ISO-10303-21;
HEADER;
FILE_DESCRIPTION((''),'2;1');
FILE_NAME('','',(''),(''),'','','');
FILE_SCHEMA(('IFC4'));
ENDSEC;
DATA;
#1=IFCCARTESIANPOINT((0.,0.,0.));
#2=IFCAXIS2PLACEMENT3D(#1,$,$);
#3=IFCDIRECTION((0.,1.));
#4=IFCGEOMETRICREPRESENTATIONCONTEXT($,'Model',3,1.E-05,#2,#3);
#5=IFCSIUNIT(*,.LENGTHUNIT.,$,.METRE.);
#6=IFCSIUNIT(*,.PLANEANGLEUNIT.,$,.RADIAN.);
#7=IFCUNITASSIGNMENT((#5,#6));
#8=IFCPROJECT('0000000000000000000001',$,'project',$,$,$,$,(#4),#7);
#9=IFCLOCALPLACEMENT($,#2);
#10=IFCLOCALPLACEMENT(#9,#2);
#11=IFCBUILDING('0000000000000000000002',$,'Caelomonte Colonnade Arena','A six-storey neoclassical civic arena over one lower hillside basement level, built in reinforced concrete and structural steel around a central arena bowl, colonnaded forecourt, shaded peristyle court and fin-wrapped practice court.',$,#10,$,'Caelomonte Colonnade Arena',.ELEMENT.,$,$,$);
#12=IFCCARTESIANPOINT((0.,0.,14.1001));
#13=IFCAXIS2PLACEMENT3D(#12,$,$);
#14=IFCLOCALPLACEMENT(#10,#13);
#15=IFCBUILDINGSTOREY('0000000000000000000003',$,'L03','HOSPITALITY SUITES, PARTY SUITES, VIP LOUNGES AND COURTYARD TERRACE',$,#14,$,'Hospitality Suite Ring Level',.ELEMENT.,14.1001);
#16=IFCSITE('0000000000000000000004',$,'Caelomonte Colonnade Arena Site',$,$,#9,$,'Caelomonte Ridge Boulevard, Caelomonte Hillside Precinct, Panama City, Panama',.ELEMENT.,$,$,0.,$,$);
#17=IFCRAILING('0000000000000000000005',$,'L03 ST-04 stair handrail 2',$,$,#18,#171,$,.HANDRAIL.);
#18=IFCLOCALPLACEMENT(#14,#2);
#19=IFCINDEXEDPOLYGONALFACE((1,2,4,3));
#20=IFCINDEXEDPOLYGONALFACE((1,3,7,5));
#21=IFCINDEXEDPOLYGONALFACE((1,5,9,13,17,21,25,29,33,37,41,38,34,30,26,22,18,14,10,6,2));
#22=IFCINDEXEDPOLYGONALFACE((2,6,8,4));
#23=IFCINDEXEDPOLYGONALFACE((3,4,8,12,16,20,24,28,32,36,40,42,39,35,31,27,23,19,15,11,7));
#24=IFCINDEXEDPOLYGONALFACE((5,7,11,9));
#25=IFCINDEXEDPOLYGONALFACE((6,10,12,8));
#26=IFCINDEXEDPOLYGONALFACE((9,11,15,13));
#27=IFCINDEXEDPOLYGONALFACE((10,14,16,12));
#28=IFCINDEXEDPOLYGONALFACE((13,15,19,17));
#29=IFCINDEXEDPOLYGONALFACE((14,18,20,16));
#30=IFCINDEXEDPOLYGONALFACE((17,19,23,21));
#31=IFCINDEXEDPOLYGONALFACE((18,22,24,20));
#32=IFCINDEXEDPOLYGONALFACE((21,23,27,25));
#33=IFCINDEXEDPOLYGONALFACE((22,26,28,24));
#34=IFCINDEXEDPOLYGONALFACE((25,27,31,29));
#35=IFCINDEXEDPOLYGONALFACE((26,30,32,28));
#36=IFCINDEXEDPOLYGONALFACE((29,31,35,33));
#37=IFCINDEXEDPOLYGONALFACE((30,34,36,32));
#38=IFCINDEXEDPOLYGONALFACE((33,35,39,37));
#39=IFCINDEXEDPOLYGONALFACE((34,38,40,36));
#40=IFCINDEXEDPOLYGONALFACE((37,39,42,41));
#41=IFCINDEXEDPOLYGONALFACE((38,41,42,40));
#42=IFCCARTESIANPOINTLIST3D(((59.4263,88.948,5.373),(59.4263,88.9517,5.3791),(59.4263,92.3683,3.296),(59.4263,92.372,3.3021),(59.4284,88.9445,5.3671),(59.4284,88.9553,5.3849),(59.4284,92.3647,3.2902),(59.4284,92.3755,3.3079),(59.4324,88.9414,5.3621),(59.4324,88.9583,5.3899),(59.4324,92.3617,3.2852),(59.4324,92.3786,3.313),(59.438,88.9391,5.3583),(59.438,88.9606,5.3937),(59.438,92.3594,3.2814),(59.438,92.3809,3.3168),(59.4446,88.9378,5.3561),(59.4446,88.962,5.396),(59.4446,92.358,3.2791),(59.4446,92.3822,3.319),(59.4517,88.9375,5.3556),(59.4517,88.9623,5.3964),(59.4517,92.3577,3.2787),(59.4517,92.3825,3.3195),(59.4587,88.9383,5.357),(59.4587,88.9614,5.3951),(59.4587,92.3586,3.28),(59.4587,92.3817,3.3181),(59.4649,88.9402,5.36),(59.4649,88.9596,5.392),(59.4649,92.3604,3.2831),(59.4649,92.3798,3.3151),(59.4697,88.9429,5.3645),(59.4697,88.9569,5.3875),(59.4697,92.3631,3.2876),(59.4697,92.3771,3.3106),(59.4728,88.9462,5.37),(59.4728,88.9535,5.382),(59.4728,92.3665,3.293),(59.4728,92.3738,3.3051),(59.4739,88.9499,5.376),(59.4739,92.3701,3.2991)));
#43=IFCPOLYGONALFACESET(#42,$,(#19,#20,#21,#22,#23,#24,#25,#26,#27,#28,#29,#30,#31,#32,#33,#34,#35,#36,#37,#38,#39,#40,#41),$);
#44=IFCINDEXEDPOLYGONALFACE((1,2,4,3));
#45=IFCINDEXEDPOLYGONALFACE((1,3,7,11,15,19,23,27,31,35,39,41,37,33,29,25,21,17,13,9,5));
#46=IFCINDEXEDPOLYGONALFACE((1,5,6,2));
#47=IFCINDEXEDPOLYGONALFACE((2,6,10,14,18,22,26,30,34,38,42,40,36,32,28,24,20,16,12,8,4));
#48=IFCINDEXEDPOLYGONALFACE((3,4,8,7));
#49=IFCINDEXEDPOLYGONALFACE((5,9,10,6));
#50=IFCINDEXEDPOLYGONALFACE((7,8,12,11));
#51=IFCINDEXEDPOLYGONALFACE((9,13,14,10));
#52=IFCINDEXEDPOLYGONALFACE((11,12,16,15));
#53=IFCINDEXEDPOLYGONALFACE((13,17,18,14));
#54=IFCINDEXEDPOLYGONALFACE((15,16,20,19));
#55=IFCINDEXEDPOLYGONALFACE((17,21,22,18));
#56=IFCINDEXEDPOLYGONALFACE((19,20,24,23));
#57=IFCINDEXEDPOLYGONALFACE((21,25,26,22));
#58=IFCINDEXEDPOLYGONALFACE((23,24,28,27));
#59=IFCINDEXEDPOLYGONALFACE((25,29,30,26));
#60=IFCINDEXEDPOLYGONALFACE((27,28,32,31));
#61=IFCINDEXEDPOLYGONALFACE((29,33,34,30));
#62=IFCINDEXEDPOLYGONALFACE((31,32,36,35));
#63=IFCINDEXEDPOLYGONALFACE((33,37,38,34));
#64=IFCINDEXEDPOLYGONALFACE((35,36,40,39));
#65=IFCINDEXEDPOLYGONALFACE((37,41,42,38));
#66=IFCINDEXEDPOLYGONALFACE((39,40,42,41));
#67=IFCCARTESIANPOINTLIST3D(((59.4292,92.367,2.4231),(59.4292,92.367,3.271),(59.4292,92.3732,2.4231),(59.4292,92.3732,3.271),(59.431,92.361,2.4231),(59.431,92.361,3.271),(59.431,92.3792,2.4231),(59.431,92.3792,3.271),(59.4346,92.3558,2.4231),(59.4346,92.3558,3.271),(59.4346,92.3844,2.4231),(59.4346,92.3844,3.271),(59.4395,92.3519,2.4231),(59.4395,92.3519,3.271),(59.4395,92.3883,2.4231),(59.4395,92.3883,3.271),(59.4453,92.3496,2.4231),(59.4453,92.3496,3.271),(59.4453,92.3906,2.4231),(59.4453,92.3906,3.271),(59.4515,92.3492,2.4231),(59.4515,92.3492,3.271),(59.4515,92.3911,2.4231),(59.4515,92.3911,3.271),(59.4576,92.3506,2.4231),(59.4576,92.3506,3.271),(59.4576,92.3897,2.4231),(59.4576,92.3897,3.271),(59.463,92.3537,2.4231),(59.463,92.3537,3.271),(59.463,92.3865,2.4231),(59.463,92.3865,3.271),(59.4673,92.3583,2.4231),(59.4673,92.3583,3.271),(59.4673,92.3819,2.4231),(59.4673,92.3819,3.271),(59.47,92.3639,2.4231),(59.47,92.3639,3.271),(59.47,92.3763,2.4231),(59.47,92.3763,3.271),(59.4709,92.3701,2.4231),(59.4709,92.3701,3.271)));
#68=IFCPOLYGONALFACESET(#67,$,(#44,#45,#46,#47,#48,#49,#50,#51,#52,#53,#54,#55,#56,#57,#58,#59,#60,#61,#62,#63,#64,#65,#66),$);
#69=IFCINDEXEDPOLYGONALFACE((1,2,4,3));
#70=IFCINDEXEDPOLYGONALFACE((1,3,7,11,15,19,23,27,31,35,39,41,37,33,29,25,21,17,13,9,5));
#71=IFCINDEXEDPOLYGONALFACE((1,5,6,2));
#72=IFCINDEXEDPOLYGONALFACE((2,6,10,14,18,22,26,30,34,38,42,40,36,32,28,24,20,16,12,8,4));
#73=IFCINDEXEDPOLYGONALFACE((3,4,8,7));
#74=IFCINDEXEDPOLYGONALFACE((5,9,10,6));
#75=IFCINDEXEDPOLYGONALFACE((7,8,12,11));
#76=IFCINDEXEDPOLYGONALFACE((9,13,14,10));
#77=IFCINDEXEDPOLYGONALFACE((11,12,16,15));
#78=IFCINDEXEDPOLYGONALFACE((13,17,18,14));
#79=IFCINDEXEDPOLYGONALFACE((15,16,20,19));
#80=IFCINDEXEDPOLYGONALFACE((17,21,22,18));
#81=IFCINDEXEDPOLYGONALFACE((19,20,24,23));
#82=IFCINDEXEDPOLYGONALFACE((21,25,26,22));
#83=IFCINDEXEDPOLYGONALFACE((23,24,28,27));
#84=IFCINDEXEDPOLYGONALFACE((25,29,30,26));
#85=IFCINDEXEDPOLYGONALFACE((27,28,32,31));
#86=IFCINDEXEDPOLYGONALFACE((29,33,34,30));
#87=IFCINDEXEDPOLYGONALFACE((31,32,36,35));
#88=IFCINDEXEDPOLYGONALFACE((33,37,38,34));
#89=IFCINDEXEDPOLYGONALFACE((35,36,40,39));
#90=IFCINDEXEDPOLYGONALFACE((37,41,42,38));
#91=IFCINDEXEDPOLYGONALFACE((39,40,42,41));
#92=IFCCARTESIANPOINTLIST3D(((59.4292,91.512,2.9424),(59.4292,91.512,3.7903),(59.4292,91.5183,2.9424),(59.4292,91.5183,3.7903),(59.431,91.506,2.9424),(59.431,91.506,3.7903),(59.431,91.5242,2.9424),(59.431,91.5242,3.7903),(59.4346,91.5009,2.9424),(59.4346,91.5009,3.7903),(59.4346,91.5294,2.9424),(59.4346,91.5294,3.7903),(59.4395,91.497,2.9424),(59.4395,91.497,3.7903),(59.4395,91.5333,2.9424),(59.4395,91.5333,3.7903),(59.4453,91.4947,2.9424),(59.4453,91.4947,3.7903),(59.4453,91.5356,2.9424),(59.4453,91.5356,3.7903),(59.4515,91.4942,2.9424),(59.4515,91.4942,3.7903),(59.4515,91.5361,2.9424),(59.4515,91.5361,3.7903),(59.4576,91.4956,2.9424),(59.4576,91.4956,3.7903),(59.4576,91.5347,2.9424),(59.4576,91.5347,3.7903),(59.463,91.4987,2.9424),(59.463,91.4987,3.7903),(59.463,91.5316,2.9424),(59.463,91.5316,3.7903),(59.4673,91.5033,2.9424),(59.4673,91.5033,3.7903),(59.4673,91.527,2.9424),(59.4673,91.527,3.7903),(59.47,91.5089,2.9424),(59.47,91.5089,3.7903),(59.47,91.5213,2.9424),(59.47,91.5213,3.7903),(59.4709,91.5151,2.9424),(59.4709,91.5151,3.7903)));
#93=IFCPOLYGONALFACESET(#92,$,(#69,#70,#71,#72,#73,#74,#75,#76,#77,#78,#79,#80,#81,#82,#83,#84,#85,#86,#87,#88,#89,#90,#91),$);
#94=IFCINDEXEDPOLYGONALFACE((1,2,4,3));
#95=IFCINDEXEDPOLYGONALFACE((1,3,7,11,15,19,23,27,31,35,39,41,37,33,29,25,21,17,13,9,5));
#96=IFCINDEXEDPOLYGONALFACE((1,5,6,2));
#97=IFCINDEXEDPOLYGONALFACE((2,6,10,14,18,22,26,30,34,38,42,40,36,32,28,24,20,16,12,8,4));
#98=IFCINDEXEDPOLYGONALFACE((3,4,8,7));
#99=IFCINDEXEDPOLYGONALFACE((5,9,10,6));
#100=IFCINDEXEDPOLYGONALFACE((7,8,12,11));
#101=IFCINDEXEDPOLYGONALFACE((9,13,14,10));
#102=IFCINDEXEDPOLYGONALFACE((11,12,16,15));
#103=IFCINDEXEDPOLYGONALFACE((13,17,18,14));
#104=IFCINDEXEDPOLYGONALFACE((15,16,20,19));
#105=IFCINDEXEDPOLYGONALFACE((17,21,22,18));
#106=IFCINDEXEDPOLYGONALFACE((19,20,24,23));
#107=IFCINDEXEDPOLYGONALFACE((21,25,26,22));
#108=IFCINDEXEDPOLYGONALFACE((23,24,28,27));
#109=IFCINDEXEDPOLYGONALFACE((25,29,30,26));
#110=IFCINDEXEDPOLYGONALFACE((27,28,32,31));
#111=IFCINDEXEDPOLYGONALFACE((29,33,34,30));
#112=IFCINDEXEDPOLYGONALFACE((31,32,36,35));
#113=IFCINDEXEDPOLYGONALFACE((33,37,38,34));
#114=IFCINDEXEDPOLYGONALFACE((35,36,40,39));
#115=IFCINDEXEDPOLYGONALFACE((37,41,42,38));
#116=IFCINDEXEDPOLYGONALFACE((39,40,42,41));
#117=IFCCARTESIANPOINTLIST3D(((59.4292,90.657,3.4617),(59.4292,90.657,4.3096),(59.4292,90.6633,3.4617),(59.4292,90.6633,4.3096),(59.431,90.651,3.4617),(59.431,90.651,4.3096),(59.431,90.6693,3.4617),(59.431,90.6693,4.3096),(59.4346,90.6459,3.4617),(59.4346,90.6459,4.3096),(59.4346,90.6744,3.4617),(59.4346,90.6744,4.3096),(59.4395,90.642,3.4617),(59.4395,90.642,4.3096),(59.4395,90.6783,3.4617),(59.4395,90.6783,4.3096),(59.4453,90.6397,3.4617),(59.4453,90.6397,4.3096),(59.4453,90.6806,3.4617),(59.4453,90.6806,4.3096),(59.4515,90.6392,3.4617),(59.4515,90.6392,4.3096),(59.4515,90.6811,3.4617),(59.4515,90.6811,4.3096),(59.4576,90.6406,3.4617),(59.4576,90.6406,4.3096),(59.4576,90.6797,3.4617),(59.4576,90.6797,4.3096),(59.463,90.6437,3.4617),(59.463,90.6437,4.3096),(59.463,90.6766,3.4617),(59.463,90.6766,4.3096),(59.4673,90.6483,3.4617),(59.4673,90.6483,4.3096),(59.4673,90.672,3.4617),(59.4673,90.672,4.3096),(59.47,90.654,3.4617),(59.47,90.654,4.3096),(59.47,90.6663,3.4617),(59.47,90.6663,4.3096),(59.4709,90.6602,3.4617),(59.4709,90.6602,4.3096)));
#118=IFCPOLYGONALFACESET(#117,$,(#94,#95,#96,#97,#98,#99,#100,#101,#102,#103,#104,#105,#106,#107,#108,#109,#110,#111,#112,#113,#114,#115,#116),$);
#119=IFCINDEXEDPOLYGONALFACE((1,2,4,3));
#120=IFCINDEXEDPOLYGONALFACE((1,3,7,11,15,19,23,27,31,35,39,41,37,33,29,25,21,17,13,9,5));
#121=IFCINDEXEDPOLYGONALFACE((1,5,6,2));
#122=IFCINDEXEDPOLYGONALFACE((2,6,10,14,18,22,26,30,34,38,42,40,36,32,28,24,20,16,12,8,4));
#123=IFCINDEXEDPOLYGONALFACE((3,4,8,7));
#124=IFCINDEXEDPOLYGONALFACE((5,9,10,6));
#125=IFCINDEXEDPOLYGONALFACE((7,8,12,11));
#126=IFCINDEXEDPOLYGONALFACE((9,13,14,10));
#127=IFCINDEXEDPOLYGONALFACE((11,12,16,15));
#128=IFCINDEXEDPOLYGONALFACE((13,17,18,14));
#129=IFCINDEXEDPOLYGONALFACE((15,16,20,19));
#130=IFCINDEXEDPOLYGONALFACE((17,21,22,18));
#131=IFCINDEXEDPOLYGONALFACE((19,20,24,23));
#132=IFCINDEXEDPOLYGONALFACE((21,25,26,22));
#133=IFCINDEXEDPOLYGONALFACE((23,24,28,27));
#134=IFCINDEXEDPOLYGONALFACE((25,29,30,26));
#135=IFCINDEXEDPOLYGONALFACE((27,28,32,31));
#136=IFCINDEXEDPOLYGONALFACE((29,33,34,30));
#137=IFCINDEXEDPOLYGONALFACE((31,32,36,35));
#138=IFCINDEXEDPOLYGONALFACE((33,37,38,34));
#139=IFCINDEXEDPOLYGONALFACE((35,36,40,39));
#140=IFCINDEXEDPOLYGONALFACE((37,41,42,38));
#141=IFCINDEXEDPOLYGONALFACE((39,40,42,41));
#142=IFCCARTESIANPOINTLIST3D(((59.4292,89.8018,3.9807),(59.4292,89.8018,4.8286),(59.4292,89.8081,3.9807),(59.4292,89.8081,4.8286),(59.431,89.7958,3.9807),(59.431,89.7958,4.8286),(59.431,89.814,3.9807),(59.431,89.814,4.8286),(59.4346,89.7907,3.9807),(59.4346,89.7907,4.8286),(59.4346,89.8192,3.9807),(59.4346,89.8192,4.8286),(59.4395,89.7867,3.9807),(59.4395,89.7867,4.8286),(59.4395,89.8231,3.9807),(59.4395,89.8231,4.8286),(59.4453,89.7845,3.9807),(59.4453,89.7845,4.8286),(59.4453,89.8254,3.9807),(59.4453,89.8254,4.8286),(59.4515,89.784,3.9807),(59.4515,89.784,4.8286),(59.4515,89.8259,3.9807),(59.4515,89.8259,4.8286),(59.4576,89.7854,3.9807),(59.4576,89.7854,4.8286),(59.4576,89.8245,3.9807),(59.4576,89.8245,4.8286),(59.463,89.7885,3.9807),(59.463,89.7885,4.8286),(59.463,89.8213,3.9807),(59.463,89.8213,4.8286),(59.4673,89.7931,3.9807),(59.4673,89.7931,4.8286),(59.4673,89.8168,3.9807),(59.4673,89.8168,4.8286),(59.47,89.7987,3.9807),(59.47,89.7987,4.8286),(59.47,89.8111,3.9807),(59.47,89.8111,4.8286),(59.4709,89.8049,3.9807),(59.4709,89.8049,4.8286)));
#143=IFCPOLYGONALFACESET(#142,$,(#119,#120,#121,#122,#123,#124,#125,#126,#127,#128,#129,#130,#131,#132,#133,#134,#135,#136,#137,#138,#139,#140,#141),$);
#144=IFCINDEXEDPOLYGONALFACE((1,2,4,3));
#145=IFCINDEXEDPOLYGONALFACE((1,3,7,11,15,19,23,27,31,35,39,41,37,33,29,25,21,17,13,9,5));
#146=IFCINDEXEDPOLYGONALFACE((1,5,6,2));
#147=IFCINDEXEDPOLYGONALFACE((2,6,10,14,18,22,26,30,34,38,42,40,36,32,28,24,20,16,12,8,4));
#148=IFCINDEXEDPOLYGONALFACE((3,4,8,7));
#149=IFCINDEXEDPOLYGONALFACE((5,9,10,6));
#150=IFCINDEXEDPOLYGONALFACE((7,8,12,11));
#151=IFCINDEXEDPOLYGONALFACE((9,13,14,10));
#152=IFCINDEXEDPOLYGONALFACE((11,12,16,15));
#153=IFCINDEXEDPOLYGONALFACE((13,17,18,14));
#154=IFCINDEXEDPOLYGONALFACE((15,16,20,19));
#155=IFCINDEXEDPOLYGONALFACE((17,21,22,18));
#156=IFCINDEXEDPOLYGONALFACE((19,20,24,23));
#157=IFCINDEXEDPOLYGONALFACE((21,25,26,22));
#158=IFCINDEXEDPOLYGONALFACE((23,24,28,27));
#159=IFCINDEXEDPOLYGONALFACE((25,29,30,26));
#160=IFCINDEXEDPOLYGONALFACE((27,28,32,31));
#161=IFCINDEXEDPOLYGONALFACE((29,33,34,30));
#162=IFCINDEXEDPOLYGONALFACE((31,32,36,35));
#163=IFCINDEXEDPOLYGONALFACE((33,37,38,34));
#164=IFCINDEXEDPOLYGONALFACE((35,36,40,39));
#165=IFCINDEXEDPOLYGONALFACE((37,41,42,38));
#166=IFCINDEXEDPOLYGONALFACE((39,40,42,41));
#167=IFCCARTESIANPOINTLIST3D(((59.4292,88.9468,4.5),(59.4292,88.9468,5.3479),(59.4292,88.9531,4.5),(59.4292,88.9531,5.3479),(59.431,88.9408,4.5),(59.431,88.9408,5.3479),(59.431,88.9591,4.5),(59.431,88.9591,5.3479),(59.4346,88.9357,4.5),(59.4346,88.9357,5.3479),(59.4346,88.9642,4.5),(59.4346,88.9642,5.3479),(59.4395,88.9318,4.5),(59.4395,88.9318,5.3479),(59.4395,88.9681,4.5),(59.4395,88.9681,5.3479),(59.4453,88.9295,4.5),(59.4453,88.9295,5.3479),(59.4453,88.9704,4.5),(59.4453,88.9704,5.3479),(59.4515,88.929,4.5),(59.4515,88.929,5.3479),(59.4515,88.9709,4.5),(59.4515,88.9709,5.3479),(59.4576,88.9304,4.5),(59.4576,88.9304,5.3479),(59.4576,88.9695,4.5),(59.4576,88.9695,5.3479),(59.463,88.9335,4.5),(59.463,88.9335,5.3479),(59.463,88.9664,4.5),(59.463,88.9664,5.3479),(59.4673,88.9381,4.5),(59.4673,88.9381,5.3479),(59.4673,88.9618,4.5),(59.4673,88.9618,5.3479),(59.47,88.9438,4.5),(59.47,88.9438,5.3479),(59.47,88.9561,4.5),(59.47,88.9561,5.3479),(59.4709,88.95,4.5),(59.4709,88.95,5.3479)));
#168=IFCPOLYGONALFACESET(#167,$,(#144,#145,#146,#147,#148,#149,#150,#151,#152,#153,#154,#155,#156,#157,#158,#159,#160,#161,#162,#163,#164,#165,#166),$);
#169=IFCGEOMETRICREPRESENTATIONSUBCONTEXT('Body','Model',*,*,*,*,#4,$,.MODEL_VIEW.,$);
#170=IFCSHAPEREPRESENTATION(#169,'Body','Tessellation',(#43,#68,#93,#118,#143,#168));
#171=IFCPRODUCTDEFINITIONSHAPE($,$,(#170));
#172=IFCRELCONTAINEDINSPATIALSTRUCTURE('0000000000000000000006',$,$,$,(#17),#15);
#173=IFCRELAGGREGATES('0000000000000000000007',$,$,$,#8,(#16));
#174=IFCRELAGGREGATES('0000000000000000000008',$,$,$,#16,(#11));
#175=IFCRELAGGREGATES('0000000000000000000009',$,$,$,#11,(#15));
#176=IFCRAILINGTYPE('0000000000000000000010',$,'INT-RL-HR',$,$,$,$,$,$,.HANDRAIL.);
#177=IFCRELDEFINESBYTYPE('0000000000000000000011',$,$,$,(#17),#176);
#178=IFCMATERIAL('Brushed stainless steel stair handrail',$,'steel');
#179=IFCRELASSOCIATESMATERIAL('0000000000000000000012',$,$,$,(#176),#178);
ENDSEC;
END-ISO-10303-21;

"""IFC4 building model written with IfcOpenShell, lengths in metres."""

from ifc_helpers import new_model, si_unit, direction, frame, origin, origin_2d, place, context, subcontext, project, spatial, circle, extrude, material, type_object, element, save


model = new_model("IFC4")

# Units and contexts
model_context = context("Model", 3, precision=1e-05, world=origin(), true_north=direction((0.0, 1.0)))
body_context = subcontext(model_context, "Body", "Model", "MODEL_VIEW")
ifc_project = project(units=[si_unit("LENGTHUNIT", "METRE"), si_unit("PLANEANGLEUNIT", "RADIAN")], contexts=[model_context])

# Site, building, storey
site_placement = place(None, origin())
site = spatial("IfcSite", under=ifc_project, at=site_placement, Name="Caelomonte Colonnade Arena Site", LongName="Caelomonte Ridge Boulevard, Caelomonte Hillside Precinct, Panama City, Panama", CompositionType="ELEMENT", RefElevation=0.0)
building_placement = place(site_placement, origin())
building = spatial("IfcBuilding", under=site, at=building_placement, Name="Caelomonte Colonnade Arena", Description="A six-storey neoclassical civic arena over one lower hillside basement level, built in reinforced concrete and structural steel around a central arena bowl, colonnaded forecourt, shaded peristyle court and fin-wrapped practice court.", LongName="Caelomonte Colonnade Arena", CompositionType="ELEMENT")
storey_placement = place(building_placement, frame((0.0, 0.0, 14.1001)))
storey = spatial("IfcBuildingStorey", under=building, at=storey_placement, Name="L03", Description="HOSPITALITY SUITES, PARTY SUITES, VIP LOUNGES AND COURTYARD TERRACE", LongName="Hospitality Suite Ring Level", CompositionType="ELEMENT", Elevation=14.1001)

# Railing
ifc_material_1 = material(Name="Brushed stainless steel stair handrail", Category="steel")
railing_type_1 = type_object("IfcRailingType", Name="INT-RL-HR", PredefinedType="HANDRAIL", material=ifc_material_1)
railing_1_placement = place(storey_placement, frame((59.45, 92.3701, 2.4231)))
element("IfcRailing", 1, at=railing_1_placement, inside=storey, type_object=railing_type_1, Name="L03 ST-04 stair handrail 2", PredefinedType="HANDRAIL", context=body_context, shape_type="SweptSolid", body=[
    extrude(circle(Radius=0.0239, at=origin_2d()), frame((0.0, 0.0, 0.876), z_axis=(0.0, -0.854746, 0.519047), x_axis=(1.0, 0.0, 0.0)), (0.0, 0.0, 1.0), 4.0015),
    extrude(circle(Radius=0.021, at=origin_2d()), origin(), (0.0, 0.0, 1.0), 0.8479),
    extrude(circle(Radius=0.021, at=origin_2d()), frame((0.0, -0.855, 0.5193)), (0.0, 0.0, 1.0), 0.8479),
    extrude(circle(Radius=0.021, at=origin_2d()), frame((0.0, -1.71, 1.0386)), (0.0, 0.0, 1.0), 0.8479),
    extrude(circle(Radius=0.021, at=origin_2d()), frame((0.0, -2.5652, 1.5576)), (0.0, 0.0, 1.0), 0.8479),
    extrude(circle(Radius=0.021, at=origin_2d()), frame((0.0, -3.4202, 2.0769)), (0.0, 0.0, 1.0), 0.8479),
])

save(model, "model.ifc")
